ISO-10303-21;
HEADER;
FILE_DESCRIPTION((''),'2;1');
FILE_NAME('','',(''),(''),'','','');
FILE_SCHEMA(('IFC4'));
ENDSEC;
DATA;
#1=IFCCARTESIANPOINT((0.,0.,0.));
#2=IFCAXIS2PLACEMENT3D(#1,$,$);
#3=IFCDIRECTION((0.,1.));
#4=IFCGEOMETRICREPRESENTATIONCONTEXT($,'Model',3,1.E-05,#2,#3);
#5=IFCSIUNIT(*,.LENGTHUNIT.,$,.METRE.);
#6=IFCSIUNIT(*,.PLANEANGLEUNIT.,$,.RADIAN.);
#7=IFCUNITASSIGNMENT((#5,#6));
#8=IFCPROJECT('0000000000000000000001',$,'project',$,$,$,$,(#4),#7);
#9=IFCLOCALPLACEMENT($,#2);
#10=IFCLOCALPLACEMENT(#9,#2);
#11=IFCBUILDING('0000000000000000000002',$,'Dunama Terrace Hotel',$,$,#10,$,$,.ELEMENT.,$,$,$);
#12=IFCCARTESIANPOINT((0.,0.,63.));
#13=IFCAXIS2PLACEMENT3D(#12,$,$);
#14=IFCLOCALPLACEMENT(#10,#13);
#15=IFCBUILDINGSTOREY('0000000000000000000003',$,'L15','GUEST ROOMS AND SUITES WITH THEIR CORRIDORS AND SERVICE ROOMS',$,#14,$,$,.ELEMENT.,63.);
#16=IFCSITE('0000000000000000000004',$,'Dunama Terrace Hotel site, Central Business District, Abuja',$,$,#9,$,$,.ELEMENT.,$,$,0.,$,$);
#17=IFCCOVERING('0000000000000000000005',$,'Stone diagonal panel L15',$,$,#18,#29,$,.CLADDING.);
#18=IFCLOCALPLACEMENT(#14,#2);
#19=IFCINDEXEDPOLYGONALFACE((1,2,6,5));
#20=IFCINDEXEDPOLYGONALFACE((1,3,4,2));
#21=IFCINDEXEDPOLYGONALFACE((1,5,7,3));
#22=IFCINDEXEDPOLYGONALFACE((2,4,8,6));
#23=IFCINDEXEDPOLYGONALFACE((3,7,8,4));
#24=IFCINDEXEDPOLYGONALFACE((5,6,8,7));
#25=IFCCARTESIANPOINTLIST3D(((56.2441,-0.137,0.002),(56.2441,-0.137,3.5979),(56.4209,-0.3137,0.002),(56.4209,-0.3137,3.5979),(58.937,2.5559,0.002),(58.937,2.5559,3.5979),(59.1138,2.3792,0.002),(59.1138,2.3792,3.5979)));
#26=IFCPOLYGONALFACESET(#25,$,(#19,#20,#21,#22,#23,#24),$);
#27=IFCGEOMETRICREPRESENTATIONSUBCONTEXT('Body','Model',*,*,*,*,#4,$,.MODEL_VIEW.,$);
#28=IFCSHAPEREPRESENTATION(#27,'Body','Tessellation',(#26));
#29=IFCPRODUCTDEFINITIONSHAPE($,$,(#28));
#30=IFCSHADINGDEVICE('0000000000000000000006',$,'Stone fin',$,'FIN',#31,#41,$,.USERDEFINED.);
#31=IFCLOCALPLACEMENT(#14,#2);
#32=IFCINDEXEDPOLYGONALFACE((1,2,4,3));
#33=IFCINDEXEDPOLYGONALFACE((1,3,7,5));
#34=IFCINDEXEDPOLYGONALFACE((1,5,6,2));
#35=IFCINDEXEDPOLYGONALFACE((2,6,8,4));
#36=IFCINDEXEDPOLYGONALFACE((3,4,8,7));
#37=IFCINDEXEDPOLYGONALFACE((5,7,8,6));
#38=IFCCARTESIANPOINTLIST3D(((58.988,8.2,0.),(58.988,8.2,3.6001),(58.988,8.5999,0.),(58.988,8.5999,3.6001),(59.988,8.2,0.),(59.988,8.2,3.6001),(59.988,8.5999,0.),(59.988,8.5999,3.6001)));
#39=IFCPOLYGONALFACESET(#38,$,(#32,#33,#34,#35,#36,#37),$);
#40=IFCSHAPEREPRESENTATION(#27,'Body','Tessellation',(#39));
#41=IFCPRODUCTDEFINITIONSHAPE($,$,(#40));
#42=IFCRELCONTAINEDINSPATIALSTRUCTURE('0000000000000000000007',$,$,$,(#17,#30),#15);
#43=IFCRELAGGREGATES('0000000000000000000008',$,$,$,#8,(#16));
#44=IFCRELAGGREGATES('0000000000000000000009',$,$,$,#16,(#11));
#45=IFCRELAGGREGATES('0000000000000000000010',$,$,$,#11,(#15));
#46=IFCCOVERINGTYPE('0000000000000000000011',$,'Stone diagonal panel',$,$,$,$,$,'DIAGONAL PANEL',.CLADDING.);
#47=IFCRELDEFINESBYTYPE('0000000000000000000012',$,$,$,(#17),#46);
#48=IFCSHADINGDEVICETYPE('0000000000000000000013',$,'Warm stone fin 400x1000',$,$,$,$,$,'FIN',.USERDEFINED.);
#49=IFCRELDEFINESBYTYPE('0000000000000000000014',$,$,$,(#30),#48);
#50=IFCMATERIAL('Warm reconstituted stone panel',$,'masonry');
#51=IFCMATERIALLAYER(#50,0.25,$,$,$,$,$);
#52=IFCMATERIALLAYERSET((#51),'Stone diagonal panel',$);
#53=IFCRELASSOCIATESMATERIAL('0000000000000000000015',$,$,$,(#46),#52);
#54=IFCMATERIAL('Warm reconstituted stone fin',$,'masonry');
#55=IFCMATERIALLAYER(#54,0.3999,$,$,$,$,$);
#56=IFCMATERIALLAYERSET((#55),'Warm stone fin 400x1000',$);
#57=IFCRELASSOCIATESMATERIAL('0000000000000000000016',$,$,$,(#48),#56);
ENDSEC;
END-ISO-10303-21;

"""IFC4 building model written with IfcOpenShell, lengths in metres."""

from ifc_helpers import new_model, si_unit, direction, frame, origin, origin_2d, place, context, subcontext, project, spatial, rectangle, extrude, material, layer, layer_set, type_object, element, save


model = new_model("IFC4")

# Units and contexts
model_context = context("Model", 3, precision=1e-05, world=origin(), true_north=direction((0.0, 1.0)))
body_context = subcontext(model_context, "Body", "Model", "MODEL_VIEW")
ifc_project = project(units=[si_unit("LENGTHUNIT", "METRE"), si_unit("PLANEANGLEUNIT", "RADIAN")], contexts=[model_context])

# Site, building, storey
site_placement = place(None, origin())
site = spatial("IfcSite", under=ifc_project, at=site_placement, Name="Dunama Terrace Hotel site, Central Business District, Abuja", CompositionType="ELEMENT", RefElevation=0.0)
building_placement = place(site_placement, origin())
building = spatial("IfcBuilding", under=site, at=building_placement, Name="Dunama Terrace Hotel", CompositionType="ELEMENT")
storey_placement = place(building_placement, frame((0.0, 0.0, 63.0)))
storey = spatial("IfcBuildingStorey", under=building, at=storey_placement, Name="L15", Description="GUEST ROOMS AND SUITES WITH THEIR CORRIDORS AND SERVICE ROOMS", CompositionType="ELEMENT", Elevation=63.0)

# Covering
ifc_material_1 = material(Name="Warm reconstituted stone panel", Category="masonry")
ifc_layer_1 = layer(ifc_material_1, 0.25)
ifc_layer_set_1 = layer_set([ifc_layer_1], Name="Stone diagonal panel")
covering_type = type_object("IfcCoveringType", Name="Stone diagonal panel", ElementType="DIAGONAL PANEL", PredefinedType="CLADDING", material=ifc_layer_set_1)
covering_1_placement = place(storey_placement, frame((57.679, 1.1211, 0.002), z_axis=(0.0, 0.0, 1.0), x_axis=(0.707107, 0.707107, 0.0)))
element("IfcCovering", 1, at=covering_1_placement, inside=storey, type_object=covering_type, Name="Stone diagonal panel L15", PredefinedType="CLADDING", context=body_context, shape_type="SweptSolid", body=[
    extrude(rectangle(XDim=3.8083, YDim=0.25, at=origin_2d()), origin(), (0.0, 0.0, 1.0), 3.5959),
])

# Shading device
ifc_material_2 = material(Name="Warm reconstituted stone fin", Category="masonry")
ifc_layer_2 = layer(ifc_material_2, 0.3999)
ifc_layer_set_2 = layer_set([ifc_layer_2], Name="Warm stone fin 400x1000")
shading_device_type = type_object("IfcShadingDeviceType", Name="Warm stone fin 400x1000", ElementType="FIN", PredefinedType="USERDEFINED", material=ifc_layer_set_2)
shading_device_placement = place(storey_placement, frame((59.488, 8.3999, 0.0), z_axis=(0.0, 0.0, 1.0), x_axis=(0.0, 1.0, 0.0)))
element("IfcShadingDevice", 2, at=shading_device_placement, inside=storey, type_object=shading_device_type, Name="Stone fin", ObjectType="FIN", PredefinedType="USERDEFINED", context=body_context, shape_type="SweptSolid", body=[
    extrude(rectangle(XDim=0.3999, YDim=1.0, at=origin_2d()), origin(), (0.0, 0.0, 1.0), 3.6001),
])

save(model, "model.ifc")
